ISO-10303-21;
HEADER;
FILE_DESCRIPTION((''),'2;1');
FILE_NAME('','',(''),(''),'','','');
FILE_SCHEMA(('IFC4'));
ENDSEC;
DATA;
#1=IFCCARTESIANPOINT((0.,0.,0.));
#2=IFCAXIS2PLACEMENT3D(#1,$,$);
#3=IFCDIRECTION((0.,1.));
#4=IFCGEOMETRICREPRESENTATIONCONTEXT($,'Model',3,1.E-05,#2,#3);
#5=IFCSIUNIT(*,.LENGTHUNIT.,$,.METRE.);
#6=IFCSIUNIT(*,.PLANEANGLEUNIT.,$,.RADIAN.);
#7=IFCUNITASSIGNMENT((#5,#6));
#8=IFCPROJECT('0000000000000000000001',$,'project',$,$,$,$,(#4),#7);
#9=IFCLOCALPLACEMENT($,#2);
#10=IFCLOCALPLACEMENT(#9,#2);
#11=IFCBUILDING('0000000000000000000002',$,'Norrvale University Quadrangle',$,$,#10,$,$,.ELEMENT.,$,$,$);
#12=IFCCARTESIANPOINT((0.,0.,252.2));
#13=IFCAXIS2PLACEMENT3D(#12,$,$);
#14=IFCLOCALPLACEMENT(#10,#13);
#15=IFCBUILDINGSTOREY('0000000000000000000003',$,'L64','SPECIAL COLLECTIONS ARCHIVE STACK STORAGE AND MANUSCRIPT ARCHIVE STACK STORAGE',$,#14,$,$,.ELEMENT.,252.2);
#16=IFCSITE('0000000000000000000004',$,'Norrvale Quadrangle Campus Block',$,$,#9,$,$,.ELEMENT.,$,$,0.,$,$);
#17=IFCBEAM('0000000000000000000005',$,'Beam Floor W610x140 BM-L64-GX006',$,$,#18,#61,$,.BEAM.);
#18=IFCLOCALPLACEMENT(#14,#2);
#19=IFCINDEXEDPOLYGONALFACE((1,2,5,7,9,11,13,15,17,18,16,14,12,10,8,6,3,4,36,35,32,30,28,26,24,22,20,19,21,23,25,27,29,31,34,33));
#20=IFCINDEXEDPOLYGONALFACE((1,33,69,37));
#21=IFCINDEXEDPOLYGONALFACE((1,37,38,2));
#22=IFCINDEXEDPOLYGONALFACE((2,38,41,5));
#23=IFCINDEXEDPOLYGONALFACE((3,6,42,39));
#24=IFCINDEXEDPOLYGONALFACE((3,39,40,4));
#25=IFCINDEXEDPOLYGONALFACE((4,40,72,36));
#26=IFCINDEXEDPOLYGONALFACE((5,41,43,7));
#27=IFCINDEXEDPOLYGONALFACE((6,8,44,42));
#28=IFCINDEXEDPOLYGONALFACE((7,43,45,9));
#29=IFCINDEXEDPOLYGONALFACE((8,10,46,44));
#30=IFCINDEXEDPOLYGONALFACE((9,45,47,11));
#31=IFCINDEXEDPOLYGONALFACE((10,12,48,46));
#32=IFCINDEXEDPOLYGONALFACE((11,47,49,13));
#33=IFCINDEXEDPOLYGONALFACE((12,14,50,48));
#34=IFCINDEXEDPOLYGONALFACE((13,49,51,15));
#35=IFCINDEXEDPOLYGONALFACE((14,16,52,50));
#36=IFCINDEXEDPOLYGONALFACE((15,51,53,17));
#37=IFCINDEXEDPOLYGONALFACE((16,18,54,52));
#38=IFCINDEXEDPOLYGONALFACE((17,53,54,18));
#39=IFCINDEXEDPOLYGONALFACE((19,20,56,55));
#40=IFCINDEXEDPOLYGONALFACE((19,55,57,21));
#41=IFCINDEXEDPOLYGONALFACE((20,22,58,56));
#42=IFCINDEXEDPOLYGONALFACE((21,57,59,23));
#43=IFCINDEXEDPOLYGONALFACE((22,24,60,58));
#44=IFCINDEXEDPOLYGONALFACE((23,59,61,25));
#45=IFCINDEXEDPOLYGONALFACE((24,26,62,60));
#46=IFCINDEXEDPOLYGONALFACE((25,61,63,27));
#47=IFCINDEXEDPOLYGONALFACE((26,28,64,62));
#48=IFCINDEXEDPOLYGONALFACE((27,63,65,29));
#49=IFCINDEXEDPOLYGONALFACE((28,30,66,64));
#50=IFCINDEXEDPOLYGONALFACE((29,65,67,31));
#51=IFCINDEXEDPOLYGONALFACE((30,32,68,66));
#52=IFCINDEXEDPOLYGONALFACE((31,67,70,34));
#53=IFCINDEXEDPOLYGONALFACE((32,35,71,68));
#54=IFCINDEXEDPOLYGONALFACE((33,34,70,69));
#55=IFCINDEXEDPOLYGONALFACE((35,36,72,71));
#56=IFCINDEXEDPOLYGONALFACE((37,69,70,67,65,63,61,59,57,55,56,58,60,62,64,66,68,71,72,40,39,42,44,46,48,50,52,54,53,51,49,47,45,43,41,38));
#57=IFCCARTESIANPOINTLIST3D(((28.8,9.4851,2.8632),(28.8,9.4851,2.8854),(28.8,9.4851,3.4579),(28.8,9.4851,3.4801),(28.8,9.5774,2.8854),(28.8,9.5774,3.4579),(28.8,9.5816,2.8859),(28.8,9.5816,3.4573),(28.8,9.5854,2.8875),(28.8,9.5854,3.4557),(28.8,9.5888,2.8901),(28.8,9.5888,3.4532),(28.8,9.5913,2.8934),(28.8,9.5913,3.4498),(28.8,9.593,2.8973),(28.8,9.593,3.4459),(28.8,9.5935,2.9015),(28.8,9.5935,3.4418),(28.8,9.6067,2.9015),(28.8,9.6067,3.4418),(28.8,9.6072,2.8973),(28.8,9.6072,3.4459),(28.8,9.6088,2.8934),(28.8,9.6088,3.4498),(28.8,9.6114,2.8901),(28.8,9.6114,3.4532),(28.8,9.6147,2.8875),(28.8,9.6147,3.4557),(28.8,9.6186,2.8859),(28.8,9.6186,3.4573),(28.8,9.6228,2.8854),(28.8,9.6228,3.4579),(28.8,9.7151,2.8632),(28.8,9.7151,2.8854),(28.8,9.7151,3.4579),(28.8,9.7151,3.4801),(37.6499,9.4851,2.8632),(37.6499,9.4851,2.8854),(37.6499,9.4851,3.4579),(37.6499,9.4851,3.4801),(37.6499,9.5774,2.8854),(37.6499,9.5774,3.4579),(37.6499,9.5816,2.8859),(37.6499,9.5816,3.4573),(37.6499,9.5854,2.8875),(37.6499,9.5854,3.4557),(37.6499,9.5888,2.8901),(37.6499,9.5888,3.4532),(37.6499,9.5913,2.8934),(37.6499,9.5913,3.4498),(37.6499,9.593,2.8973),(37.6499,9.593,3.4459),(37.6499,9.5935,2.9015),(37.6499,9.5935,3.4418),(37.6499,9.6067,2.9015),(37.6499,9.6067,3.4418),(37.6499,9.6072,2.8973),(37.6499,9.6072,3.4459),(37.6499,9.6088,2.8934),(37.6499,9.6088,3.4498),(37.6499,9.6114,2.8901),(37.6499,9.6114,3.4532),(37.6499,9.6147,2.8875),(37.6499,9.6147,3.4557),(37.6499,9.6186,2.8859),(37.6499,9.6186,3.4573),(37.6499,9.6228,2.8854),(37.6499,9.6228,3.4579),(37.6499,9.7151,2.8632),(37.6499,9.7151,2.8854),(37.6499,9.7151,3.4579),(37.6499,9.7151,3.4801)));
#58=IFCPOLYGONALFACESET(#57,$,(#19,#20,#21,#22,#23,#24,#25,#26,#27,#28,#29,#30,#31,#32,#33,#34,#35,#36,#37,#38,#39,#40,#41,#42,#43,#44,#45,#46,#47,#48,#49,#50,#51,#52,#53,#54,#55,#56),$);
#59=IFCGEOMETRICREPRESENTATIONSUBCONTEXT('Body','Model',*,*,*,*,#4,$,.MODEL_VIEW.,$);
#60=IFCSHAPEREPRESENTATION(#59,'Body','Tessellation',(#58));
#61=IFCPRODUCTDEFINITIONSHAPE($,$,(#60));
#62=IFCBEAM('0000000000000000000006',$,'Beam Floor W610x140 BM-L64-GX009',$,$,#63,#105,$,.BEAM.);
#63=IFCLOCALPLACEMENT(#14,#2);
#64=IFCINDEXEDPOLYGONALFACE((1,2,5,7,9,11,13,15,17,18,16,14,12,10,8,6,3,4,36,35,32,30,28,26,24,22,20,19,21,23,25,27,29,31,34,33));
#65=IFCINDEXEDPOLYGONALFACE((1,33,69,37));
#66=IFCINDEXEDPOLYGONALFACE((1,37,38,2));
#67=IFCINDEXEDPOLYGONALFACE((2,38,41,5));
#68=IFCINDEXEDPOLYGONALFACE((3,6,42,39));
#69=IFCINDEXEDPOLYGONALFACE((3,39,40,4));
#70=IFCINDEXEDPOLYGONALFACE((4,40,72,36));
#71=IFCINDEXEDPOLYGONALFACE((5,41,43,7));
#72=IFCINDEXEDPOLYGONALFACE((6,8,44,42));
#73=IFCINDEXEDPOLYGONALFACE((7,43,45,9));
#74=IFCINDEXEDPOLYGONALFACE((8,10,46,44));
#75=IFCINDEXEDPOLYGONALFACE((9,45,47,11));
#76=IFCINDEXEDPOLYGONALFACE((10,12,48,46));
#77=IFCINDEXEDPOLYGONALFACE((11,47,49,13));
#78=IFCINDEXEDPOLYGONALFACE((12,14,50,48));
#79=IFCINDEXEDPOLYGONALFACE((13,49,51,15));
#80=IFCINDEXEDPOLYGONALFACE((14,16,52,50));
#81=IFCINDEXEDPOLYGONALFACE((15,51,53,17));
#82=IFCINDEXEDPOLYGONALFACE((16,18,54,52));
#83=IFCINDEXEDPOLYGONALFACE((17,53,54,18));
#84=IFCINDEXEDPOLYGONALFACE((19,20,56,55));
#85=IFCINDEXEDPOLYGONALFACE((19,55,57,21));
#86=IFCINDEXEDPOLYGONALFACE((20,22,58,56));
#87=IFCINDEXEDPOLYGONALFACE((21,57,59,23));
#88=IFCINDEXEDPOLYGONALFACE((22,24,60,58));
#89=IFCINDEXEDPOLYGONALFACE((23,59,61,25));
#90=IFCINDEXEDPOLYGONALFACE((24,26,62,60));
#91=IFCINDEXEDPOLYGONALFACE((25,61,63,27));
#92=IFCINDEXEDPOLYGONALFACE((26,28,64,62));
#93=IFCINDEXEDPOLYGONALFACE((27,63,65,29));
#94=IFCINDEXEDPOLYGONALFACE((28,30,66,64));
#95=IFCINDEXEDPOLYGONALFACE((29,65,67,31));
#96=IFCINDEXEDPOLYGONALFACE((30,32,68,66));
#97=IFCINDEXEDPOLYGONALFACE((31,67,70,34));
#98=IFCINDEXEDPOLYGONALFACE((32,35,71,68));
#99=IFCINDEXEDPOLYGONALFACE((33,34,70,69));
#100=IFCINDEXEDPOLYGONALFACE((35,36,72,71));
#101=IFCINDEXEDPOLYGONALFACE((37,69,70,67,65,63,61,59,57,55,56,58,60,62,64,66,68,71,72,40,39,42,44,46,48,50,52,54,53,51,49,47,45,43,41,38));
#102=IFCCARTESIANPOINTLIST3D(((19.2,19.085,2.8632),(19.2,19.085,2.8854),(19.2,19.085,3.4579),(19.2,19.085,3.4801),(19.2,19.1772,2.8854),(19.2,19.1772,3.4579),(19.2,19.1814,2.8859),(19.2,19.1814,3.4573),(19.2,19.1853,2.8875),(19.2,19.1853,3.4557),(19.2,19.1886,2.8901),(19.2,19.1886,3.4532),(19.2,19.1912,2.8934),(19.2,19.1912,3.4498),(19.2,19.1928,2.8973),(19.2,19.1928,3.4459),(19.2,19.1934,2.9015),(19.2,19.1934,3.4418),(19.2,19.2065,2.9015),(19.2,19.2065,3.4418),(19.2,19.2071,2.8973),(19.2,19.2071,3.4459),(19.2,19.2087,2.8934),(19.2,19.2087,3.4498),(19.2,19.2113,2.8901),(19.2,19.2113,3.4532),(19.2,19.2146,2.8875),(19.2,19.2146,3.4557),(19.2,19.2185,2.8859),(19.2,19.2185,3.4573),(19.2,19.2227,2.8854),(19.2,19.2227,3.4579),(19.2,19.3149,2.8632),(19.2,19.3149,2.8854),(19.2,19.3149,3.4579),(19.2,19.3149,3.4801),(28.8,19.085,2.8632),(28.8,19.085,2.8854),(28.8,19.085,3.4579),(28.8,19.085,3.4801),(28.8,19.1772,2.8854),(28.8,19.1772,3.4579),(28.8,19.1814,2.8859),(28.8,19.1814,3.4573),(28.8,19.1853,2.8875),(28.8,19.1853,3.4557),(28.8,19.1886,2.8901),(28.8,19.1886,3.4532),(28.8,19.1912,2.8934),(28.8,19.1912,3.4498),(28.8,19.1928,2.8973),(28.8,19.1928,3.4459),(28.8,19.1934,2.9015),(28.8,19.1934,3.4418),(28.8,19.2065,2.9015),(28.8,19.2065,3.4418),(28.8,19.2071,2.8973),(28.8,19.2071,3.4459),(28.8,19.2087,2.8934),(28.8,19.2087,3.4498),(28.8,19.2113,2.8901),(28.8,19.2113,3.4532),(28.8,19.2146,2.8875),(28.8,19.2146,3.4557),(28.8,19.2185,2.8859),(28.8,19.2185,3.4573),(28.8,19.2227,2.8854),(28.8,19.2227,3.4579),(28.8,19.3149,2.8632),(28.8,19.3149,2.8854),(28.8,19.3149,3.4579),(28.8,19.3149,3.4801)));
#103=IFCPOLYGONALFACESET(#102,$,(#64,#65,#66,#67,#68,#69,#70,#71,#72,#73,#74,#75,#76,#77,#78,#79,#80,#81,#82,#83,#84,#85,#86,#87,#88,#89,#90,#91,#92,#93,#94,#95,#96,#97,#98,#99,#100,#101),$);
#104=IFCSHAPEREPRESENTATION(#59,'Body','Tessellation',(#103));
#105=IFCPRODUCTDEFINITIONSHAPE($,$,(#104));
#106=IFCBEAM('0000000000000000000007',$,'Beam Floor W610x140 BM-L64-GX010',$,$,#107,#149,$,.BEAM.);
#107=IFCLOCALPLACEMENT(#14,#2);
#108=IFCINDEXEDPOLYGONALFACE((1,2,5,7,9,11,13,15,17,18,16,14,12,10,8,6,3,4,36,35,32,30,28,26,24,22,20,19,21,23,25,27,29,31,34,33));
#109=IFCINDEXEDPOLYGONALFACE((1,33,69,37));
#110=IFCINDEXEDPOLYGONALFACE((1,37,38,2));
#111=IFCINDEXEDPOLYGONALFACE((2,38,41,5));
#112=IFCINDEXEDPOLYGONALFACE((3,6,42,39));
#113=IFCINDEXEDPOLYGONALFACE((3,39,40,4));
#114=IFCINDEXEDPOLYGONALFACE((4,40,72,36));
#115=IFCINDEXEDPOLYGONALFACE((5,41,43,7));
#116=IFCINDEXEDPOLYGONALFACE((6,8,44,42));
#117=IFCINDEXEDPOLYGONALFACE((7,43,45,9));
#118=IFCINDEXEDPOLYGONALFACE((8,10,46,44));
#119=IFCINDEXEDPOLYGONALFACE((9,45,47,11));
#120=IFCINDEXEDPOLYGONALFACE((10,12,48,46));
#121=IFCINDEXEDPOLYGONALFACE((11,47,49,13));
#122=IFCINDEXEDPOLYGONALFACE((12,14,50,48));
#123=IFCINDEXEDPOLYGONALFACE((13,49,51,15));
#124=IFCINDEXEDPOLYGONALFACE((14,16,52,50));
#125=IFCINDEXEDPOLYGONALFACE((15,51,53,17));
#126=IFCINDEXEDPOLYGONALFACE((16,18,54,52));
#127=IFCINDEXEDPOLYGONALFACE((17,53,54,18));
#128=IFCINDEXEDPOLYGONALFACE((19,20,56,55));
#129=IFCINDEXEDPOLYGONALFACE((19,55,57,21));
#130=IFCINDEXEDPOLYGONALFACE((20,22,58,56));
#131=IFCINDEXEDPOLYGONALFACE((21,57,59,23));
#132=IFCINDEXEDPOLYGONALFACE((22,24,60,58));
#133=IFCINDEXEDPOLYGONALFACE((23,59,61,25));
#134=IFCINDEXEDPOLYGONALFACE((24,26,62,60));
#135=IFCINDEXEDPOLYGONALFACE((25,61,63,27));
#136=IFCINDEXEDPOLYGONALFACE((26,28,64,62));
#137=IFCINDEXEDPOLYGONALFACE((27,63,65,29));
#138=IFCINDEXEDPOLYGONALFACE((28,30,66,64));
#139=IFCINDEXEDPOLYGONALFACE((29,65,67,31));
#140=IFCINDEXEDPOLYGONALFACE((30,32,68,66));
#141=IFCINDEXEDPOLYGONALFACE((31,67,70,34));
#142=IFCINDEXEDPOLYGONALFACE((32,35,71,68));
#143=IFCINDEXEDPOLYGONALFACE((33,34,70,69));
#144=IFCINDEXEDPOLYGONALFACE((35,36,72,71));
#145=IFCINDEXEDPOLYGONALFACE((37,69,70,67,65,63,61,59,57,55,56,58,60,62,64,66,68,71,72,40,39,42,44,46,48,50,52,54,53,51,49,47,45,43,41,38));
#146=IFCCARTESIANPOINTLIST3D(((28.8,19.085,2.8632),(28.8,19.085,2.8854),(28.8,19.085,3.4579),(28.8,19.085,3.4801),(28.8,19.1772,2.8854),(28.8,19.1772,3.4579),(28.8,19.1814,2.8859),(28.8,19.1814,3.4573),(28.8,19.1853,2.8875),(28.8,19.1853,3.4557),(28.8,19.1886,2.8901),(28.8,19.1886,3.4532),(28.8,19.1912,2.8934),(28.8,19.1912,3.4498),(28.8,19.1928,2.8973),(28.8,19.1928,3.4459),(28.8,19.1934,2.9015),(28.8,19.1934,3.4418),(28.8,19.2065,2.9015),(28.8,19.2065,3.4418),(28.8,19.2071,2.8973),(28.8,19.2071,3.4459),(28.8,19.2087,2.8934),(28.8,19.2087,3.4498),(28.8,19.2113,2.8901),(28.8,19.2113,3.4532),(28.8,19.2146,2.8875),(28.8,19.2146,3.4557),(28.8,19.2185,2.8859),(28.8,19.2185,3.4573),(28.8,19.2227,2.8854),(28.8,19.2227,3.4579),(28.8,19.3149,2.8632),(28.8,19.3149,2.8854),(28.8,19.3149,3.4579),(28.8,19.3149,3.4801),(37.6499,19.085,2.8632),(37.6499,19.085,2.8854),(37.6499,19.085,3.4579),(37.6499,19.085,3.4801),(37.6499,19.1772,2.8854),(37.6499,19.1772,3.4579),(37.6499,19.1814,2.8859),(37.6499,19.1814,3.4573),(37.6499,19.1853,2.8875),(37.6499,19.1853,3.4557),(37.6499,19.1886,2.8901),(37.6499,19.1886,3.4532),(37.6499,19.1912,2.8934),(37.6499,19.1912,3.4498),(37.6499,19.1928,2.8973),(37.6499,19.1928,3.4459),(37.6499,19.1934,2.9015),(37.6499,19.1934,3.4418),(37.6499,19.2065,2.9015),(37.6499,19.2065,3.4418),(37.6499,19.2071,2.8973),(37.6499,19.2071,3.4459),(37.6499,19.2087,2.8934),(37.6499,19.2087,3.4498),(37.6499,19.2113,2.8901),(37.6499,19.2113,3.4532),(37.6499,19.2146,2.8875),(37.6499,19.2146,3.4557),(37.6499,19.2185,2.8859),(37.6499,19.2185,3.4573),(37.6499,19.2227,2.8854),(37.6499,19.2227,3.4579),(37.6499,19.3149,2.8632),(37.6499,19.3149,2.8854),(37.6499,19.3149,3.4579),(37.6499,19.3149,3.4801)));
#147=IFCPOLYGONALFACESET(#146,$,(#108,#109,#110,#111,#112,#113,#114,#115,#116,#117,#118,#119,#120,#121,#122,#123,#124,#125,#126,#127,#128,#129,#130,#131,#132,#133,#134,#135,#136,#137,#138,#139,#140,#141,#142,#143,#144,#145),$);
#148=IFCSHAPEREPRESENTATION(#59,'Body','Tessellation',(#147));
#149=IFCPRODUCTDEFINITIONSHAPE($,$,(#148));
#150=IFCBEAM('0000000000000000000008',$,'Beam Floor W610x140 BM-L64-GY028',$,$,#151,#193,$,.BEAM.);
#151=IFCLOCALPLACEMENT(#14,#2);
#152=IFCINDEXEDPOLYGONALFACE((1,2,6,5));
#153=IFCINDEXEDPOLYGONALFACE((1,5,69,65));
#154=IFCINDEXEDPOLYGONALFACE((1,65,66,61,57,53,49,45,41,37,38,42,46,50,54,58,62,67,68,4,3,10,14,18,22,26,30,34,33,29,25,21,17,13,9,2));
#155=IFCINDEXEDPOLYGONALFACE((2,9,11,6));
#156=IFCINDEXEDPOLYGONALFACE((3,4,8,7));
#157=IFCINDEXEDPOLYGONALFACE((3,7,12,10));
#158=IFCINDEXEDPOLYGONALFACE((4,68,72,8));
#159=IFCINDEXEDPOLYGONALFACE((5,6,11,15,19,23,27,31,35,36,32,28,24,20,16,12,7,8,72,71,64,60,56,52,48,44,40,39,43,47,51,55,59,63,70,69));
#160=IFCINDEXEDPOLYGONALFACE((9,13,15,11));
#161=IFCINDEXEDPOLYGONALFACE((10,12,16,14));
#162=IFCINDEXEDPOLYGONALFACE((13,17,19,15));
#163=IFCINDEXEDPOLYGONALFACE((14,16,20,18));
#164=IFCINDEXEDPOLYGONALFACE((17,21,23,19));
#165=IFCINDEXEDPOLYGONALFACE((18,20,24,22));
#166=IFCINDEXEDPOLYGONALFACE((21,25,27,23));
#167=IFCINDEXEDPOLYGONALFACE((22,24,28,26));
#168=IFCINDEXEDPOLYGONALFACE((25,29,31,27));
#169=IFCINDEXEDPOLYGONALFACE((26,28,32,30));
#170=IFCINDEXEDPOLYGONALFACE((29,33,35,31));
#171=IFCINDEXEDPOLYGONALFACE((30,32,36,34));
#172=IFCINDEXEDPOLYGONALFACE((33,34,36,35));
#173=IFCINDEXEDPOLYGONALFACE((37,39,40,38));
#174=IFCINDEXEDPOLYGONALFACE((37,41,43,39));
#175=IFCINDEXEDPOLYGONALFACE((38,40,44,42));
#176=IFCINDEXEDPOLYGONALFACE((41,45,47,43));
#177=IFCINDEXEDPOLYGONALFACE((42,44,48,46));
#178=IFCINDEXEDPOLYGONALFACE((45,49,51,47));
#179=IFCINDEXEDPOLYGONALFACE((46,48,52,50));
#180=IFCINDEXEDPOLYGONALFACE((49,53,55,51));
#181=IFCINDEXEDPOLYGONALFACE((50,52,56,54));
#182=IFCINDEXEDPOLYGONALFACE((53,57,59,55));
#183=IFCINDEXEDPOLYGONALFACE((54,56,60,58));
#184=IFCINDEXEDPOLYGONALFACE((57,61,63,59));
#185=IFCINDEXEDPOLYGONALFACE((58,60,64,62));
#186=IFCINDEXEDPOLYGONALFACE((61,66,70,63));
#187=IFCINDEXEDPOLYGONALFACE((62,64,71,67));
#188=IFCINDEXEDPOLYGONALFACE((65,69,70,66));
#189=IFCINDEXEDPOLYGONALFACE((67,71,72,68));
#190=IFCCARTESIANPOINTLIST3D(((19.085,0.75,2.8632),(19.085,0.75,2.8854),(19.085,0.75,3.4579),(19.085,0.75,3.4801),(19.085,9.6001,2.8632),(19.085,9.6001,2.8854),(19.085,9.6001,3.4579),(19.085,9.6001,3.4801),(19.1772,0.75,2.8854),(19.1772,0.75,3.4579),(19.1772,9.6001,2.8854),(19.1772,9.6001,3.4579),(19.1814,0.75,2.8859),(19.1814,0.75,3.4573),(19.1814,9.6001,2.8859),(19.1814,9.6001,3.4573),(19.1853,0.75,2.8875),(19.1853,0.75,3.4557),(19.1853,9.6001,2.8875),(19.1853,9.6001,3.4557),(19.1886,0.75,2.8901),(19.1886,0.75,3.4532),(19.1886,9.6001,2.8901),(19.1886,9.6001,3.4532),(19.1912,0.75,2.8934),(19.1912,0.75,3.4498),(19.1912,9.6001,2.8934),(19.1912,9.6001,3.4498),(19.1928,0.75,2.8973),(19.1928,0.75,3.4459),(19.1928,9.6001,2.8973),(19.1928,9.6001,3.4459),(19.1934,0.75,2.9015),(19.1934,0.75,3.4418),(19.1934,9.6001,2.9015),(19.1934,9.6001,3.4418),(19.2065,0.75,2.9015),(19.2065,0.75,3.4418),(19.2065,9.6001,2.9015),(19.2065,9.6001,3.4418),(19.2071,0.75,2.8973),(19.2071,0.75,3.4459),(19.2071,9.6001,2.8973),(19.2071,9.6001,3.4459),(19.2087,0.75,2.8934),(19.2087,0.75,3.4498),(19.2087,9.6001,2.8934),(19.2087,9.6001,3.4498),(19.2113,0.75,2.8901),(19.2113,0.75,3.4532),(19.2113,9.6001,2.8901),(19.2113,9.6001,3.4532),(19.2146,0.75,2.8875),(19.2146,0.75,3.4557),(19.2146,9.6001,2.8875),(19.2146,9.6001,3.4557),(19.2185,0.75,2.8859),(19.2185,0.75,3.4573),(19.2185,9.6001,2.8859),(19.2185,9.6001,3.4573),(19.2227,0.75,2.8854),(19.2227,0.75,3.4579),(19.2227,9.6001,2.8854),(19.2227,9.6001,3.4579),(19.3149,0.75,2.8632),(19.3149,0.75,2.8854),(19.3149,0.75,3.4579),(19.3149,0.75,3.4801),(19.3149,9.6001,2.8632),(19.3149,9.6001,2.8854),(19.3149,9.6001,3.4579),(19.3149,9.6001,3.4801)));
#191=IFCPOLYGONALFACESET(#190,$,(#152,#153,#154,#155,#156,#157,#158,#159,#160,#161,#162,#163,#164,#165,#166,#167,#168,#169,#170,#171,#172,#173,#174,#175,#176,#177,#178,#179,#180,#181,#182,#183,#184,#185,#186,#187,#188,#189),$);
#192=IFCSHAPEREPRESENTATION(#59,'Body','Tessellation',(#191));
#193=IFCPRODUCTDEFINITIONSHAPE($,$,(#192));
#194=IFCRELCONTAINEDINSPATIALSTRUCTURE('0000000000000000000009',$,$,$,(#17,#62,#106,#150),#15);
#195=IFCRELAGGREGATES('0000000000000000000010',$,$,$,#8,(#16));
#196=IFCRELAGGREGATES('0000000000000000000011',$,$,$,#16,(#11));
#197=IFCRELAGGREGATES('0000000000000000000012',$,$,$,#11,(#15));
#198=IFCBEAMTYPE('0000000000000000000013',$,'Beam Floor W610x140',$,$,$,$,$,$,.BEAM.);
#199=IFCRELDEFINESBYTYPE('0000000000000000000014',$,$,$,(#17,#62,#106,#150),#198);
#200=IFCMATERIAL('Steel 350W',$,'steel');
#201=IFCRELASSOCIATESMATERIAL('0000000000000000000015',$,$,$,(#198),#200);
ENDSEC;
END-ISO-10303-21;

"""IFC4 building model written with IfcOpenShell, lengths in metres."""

from ifc_helpers import new_model, si_unit, direction, frame, origin, origin_2d, place, context, subcontext, project, spatial, i_section, extrude, material, material_profile, profile_set, type_object, element, save


model = new_model("IFC4")

# Units and contexts
model_context = context("Model", 3, precision=1e-05, world=origin(), true_north=direction((0.0, 1.0)))
body_context = subcontext(model_context, "Body", "Model", "MODEL_VIEW")
ifc_project = project(units=[si_unit("LENGTHUNIT", "METRE"), si_unit("PLANEANGLEUNIT", "RADIAN")], contexts=[model_context])

# Site, building, storey
site_placement = place(None, origin())
site = spatial("IfcSite", under=ifc_project, at=site_placement, Name="Norrvale Quadrangle Campus Block", CompositionType="ELEMENT", RefElevation=0.0)
building_placement = place(site_placement, origin())
building = spatial("IfcBuilding", under=site, at=building_placement, Name="Norrvale University Quadrangle", CompositionType="ELEMENT")
storey_placement = place(building_placement, frame((0.0, 0.0, 252.2)))
storey = spatial("IfcBuildingStorey", under=building, at=storey_placement, Name="L64", Description="SPECIAL COLLECTIONS ARCHIVE STACK STORAGE AND MANUSCRIPT ARCHIVE STACK STORAGE", CompositionType="ELEMENT", Elevation=252.2)

# Beams
ifc_material_1 = material(Name="Steel 350W", Category="steel")
ifc_material_profile_1 = material_profile(ifc_material_1, i_section(OverallWidth=0.23, OverallDepth=0.6169, WebThickness=0.0132, FlangeThickness=0.0222, FilletRadius=0.0161, at=origin_2d()), Name="Steel 350W")
ifc_profile_set_1 = profile_set([ifc_material_profile_1], Name="Steel 350W")
beam_type_1 = type_object("IfcBeamType", Name="Beam Floor W610x140", PredefinedType="BEAM", material=ifc_profile_set_1)
beam_1_placement = place(storey_placement, frame((28.8, 9.6001, 3.1716), z_axis=(1.0, 0.0, 0.0), x_axis=(0.0, 1.0, 0.0)))
element("IfcBeam", 1, at=beam_1_placement, inside=storey, type_object=beam_type_1, Name="Beam Floor W610x140 BM-L64-GX006", PredefinedType="BEAM", context=body_context, shape_type="SweptSolid", body=[
    extrude(i_section(OverallWidth=0.23, OverallDepth=0.6169, WebThickness=0.0132, FlangeThickness=0.0222, FilletRadius=0.0161, at=origin_2d()), origin(), (0.0, 0.0, 1.0), 8.8499),
])
beam_2_placement = place(storey_placement, frame((19.2, 19.2, 3.1716), z_axis=(1.0, 0.0, 0.0), x_axis=(0.0, 1.0, 0.0)))
element("IfcBeam", 2, at=beam_2_placement, inside=storey, type_object=beam_type_1, Name="Beam Floor W610x140 BM-L64-GX009", PredefinedType="BEAM", context=body_context, shape_type="SweptSolid", body=[
    extrude(i_section(OverallWidth=0.23, OverallDepth=0.6169, WebThickness=0.0132, FlangeThickness=0.0222, FilletRadius=0.0161, at=origin_2d()), origin(), (0.0, 0.0, 1.0), 9.6001),
])
beam_3_placement = place(storey_placement, frame((28.8, 19.2, 3.1716), z_axis=(1.0, 0.0, 0.0), x_axis=(0.0, 1.0, 0.0)))
element("IfcBeam", 3, at=beam_3_placement, inside=storey, type_object=beam_type_1, Name="Beam Floor W610x140 BM-L64-GX010", PredefinedType="BEAM", context=body_context, shape_type="SweptSolid", body=[
    extrude(i_section(OverallWidth=0.23, OverallDepth=0.6169, WebThickness=0.0132, FlangeThickness=0.0222, FilletRadius=0.0161, at=origin_2d()), origin(), (0.0, 0.0, 1.0), 8.8499),
])
beam_4_placement = place(storey_placement, frame((19.2, 0.75, 3.1716), z_axis=(0.0, 1.0, 0.0), x_axis=(-1.0, 0.0, 0.0)))
element("IfcBeam", 4, at=beam_4_placement, inside=storey, type_object=beam_type_1, Name="Beam Floor W610x140 BM-L64-GY028", PredefinedType="BEAM", context=body_context, shape_type="SweptSolid", body=[
    extrude(i_section(OverallWidth=0.23, OverallDepth=0.6169, WebThickness=0.0132, FlangeThickness=0.0222, FilletRadius=0.0161, at=origin_2d()), origin(), (0.0, 0.0, 1.0), 8.8501),
])

save(model, "model.ifc")
